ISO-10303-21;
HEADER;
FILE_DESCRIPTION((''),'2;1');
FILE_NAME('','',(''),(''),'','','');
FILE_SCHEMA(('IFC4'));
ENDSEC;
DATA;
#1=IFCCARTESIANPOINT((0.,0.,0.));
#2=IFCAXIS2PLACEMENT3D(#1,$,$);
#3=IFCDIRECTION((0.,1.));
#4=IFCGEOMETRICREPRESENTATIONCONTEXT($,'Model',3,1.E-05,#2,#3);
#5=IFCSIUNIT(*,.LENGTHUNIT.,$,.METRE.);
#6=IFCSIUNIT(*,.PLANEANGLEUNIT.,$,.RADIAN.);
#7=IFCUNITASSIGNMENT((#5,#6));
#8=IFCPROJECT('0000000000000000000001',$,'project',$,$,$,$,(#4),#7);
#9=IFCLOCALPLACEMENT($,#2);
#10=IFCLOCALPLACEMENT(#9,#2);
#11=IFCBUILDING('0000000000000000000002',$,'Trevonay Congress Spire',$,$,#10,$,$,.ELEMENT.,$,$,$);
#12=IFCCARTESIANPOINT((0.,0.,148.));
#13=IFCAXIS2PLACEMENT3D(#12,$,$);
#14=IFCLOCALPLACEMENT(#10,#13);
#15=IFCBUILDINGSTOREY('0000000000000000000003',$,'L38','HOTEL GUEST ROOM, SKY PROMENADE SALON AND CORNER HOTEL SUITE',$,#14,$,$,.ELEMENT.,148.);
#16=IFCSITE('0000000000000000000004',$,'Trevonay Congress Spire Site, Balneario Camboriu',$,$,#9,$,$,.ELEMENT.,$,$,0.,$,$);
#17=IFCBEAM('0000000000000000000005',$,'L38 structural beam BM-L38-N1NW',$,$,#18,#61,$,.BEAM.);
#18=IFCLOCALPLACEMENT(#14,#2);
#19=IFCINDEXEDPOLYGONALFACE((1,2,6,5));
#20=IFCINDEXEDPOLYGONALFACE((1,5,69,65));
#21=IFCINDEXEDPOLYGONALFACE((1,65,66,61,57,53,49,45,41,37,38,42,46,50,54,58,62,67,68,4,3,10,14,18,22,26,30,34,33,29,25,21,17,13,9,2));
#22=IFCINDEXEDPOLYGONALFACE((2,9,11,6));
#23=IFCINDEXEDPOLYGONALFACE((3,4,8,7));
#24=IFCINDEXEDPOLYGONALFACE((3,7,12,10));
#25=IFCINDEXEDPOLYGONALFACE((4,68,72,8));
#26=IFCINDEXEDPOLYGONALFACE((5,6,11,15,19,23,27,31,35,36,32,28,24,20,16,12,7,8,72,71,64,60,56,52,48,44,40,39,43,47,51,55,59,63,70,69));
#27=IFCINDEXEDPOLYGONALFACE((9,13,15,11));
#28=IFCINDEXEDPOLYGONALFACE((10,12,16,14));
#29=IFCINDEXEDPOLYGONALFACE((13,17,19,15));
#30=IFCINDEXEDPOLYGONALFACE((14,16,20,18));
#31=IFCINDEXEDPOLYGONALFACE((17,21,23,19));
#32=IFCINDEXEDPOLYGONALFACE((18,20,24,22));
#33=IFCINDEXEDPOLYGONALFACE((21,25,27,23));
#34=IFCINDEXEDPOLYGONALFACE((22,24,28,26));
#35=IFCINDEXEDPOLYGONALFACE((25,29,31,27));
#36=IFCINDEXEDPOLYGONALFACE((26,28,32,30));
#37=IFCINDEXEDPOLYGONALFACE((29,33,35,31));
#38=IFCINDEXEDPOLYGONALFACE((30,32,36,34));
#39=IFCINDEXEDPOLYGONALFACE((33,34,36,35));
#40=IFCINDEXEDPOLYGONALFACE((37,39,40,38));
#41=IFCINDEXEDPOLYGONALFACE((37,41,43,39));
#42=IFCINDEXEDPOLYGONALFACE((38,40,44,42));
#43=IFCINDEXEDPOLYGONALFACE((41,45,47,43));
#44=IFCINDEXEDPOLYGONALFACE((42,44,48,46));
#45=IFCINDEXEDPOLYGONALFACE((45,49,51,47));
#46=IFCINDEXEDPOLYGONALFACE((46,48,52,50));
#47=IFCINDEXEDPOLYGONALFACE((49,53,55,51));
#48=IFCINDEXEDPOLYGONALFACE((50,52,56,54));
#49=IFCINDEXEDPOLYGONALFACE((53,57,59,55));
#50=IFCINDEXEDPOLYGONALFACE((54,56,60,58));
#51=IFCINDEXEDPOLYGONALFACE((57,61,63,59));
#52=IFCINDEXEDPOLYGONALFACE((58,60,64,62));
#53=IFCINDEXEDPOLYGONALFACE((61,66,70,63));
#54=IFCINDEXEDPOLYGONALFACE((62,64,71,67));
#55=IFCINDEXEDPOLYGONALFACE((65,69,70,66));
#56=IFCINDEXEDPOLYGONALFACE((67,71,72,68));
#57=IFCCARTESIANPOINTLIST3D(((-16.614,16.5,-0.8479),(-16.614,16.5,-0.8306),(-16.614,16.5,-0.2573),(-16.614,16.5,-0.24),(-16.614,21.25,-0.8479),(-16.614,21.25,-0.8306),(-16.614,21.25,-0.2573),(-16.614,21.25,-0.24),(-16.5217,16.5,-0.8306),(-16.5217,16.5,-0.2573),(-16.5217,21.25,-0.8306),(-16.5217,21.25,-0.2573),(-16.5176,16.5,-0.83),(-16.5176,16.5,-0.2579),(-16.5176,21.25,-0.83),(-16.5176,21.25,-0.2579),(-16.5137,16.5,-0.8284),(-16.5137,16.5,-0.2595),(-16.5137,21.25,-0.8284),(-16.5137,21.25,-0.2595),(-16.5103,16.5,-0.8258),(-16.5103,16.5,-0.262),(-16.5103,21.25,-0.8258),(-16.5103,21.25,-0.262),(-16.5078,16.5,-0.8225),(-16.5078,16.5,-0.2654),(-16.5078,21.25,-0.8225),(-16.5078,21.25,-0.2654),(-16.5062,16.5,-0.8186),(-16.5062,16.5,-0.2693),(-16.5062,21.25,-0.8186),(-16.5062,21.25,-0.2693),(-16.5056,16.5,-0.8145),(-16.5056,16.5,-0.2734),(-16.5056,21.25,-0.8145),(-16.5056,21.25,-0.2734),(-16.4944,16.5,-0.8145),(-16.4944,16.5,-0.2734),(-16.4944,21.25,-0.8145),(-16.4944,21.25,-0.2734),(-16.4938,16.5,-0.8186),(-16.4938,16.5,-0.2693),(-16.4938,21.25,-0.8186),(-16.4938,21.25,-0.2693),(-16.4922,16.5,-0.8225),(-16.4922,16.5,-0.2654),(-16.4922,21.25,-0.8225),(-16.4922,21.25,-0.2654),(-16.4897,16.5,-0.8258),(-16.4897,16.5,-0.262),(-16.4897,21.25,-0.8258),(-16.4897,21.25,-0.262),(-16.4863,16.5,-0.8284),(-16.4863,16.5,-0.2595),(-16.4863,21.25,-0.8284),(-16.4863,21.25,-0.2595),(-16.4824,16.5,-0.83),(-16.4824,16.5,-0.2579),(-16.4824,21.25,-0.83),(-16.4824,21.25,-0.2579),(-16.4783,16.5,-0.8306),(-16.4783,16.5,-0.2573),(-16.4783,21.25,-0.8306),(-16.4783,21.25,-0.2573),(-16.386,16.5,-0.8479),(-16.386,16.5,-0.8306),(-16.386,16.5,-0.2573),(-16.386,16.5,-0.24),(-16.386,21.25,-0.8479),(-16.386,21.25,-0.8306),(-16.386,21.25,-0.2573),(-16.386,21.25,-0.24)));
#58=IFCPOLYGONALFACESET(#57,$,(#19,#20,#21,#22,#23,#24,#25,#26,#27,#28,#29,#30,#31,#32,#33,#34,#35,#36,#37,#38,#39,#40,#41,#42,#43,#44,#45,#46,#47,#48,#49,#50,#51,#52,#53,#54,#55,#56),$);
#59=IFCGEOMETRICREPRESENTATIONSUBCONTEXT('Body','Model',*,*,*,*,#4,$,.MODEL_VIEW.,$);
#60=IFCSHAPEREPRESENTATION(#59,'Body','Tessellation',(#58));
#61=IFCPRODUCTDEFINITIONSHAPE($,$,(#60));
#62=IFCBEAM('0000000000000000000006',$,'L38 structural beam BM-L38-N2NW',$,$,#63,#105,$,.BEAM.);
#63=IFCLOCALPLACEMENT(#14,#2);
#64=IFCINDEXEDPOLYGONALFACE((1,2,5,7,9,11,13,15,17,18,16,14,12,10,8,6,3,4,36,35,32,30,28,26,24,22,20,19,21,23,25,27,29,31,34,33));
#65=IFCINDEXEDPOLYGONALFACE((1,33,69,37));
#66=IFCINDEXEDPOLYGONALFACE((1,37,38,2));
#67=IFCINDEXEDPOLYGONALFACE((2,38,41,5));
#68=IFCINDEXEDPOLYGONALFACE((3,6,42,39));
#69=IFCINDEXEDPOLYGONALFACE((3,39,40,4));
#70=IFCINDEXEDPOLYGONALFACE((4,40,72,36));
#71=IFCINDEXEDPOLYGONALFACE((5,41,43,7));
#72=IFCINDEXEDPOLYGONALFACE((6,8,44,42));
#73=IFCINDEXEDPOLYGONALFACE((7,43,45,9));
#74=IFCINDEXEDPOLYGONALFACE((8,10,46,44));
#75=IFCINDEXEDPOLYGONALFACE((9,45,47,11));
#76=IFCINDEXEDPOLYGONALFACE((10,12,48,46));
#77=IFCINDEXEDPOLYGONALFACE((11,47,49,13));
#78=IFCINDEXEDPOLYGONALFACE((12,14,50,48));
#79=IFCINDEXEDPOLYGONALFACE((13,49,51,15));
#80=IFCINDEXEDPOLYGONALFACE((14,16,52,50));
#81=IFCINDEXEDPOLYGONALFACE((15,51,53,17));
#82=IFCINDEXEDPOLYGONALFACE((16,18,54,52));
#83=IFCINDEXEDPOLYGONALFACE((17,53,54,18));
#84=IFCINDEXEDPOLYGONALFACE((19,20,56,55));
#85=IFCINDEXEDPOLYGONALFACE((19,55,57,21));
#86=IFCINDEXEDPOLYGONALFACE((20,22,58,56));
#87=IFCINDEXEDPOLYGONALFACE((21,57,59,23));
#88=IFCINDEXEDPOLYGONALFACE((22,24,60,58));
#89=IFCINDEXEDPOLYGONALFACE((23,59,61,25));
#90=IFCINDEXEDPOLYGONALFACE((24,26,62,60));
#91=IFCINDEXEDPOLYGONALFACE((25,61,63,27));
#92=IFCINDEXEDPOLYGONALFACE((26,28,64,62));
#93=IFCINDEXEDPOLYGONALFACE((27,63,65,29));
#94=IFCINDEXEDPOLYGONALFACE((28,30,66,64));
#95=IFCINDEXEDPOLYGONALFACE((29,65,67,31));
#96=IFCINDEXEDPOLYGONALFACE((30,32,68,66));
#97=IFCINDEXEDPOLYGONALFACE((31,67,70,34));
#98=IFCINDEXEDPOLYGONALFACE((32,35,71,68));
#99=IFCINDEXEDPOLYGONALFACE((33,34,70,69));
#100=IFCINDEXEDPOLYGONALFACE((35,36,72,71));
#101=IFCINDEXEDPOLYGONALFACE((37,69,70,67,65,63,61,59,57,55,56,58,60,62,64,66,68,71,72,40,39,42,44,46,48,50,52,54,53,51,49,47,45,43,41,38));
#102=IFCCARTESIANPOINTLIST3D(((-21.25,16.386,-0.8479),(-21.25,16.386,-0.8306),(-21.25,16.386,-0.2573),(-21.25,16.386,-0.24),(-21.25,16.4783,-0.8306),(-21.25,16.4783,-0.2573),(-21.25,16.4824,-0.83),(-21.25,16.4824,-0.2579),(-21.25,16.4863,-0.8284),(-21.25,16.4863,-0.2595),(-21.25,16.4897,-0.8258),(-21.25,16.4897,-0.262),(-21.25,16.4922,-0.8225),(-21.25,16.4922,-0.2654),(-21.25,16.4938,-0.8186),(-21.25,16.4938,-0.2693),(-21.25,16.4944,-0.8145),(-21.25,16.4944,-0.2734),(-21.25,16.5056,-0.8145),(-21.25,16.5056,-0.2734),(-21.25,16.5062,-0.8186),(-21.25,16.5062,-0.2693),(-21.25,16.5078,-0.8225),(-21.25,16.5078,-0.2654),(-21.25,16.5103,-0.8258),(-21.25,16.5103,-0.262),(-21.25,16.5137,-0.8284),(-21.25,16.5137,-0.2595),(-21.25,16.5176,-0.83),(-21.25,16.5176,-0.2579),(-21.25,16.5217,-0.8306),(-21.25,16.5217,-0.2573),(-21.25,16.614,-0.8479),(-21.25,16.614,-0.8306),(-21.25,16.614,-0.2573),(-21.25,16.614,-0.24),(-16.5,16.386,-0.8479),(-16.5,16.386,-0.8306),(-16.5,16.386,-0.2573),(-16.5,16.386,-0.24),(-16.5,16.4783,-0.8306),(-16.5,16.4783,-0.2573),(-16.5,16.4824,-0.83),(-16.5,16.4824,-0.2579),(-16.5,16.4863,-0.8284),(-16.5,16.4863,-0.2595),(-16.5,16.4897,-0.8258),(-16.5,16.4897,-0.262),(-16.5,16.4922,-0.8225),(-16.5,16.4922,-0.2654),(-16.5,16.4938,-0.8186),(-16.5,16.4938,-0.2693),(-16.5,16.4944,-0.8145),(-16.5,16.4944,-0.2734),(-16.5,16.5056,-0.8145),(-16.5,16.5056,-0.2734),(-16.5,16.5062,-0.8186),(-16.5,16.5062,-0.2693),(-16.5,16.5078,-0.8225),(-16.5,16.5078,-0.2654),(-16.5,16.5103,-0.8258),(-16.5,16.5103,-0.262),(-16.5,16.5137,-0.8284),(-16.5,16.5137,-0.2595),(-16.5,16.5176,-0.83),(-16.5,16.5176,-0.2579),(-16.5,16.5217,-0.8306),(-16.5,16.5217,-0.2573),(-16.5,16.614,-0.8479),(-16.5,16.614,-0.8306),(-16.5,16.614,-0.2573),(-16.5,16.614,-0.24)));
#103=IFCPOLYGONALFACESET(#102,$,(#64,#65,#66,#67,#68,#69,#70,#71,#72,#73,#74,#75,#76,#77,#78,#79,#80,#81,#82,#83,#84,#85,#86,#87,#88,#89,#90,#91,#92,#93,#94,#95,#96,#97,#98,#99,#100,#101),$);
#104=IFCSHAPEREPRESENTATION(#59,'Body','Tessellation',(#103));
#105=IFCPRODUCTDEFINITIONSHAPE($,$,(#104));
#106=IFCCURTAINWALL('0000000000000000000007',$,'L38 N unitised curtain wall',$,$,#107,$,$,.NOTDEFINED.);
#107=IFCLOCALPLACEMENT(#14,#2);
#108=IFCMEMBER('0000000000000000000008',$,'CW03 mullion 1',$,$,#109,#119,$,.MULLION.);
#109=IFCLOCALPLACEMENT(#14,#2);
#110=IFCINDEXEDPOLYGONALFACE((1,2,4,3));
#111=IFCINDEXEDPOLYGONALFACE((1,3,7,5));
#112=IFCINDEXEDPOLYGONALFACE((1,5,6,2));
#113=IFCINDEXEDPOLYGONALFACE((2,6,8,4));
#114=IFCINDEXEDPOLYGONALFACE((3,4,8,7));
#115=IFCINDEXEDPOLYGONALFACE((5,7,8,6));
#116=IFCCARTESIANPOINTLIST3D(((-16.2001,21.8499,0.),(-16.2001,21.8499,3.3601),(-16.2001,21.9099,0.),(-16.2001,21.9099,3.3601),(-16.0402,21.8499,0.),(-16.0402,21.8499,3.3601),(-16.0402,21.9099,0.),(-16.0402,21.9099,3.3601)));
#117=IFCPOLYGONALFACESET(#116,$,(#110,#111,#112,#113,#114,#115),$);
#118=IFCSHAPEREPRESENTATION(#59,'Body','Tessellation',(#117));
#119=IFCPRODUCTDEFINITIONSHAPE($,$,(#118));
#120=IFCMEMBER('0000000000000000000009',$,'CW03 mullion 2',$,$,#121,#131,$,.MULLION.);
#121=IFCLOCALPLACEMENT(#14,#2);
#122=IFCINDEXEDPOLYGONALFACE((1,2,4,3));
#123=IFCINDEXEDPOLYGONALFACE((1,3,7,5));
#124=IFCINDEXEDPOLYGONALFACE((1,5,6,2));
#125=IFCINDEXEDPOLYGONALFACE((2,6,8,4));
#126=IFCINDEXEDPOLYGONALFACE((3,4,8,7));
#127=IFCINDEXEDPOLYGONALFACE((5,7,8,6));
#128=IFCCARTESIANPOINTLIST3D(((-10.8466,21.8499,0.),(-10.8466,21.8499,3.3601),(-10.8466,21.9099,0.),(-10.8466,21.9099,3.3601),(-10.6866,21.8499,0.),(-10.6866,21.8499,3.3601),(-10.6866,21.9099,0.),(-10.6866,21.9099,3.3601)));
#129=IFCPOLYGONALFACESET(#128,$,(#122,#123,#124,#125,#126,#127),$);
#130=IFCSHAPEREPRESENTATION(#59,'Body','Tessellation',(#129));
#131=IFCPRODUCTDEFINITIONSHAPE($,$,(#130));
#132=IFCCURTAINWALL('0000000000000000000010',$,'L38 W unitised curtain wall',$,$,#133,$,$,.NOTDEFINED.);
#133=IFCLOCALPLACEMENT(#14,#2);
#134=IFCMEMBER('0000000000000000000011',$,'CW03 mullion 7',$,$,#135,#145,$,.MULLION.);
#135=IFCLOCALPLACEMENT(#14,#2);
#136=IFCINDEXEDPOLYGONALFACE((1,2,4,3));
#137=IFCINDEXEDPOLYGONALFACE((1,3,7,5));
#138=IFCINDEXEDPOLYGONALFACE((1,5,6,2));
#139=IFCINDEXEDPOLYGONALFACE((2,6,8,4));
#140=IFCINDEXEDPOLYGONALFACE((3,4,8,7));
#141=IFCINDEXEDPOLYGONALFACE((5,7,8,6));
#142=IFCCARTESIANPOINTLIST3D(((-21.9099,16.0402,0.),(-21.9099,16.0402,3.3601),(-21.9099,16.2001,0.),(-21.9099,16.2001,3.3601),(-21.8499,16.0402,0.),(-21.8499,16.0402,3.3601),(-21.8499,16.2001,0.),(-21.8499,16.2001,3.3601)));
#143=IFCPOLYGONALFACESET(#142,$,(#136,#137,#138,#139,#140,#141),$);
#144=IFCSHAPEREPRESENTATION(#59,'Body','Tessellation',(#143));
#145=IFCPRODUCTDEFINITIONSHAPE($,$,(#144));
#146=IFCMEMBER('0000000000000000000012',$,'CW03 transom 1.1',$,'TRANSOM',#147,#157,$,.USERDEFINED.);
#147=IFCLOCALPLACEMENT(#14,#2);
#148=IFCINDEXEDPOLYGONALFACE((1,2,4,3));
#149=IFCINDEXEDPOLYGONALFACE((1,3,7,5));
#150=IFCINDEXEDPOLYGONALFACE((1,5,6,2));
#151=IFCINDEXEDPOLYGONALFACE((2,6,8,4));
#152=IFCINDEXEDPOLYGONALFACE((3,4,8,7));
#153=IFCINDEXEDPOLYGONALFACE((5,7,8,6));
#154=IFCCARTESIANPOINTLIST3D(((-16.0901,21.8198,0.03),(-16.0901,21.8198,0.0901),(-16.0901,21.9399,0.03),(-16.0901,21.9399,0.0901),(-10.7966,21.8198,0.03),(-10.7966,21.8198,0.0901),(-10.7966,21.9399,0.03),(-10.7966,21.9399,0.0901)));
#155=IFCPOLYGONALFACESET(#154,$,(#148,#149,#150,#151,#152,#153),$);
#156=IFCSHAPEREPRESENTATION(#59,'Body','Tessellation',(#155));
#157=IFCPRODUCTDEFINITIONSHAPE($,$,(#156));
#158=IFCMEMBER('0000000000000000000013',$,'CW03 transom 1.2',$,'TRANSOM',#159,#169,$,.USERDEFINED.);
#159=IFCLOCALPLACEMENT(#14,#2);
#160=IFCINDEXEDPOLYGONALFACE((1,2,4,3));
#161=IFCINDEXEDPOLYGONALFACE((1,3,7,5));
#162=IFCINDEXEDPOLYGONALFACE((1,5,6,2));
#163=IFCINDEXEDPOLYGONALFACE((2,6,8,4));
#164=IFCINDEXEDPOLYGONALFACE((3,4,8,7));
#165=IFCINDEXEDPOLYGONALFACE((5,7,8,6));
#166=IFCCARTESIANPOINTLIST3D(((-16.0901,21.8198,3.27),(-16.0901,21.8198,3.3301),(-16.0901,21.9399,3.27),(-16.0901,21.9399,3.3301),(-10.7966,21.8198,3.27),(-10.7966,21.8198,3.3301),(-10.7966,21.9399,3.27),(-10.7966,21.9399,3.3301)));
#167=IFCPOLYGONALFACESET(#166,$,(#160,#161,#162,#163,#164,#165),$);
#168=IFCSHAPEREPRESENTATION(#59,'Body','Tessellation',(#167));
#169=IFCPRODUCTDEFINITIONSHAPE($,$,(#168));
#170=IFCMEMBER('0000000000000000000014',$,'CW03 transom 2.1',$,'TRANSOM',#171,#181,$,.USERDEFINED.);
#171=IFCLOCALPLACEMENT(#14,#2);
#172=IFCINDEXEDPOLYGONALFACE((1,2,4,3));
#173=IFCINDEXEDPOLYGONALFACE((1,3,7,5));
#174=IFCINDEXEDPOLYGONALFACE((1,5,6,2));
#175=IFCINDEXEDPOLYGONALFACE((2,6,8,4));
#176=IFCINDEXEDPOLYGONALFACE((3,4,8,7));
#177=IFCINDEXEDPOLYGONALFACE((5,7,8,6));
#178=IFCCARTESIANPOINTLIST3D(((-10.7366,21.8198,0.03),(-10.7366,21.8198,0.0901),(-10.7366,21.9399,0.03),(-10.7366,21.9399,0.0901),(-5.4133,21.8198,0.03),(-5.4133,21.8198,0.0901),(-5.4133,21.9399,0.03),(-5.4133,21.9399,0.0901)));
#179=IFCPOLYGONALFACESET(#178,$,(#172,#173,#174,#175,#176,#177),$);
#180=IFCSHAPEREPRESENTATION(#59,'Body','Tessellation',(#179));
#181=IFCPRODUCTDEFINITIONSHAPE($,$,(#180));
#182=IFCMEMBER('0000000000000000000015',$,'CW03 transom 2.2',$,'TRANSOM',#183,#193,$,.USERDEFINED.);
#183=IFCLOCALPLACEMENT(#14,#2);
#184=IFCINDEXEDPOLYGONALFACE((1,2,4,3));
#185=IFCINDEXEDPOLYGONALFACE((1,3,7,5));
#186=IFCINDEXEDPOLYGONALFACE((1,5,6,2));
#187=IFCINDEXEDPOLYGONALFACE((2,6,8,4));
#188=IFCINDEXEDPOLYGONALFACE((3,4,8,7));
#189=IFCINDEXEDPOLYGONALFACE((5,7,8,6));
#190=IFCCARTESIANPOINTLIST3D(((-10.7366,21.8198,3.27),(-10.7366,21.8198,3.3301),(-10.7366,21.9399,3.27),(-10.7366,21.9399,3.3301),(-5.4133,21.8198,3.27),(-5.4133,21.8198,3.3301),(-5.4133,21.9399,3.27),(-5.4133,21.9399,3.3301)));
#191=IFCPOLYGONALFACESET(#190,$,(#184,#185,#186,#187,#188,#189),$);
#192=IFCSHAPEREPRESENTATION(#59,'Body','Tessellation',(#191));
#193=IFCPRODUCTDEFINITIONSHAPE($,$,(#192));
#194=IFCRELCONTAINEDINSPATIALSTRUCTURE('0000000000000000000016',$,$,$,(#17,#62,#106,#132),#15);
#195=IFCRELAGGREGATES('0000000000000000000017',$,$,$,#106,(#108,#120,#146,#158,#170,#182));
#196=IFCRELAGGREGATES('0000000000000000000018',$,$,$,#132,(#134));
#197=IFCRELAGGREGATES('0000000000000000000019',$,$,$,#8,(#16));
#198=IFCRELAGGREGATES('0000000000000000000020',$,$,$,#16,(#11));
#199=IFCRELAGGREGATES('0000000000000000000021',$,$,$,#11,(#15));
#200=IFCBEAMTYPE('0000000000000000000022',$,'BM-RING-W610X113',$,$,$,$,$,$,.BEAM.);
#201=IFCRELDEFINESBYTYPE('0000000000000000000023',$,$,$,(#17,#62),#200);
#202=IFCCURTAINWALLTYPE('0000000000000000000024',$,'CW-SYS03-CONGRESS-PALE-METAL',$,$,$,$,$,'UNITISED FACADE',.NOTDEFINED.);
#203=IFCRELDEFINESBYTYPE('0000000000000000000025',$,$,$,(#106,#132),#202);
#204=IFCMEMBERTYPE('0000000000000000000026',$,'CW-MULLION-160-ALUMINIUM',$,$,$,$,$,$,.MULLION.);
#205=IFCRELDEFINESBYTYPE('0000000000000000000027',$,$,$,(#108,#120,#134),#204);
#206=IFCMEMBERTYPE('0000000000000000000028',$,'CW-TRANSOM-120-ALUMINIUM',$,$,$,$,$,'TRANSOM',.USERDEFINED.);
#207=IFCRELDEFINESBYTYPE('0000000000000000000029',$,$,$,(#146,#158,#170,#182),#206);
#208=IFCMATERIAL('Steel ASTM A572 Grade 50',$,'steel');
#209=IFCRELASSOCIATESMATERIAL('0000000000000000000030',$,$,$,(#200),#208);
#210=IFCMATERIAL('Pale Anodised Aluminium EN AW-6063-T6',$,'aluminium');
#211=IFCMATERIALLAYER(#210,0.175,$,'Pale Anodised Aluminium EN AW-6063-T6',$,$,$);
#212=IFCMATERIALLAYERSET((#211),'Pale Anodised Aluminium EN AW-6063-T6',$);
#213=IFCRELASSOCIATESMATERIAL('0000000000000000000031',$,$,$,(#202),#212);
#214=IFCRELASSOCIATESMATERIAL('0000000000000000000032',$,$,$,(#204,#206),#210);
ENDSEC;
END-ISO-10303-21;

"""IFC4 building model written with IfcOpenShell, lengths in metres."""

from ifc_helpers import new_model, si_unit, direction, frame, origin, origin_2d, place, context, subcontext, project, spatial, rectangle, i_section, extrude, material, layer, layer_set, material_profile, profile_set, type_object, element, aggregate, save


model = new_model("IFC4")

# Units and contexts
model_context = context("Model", 3, precision=1e-05, world=origin(), true_north=direction((0.0, 1.0)))
body_context = subcontext(model_context, "Body", "Model", "MODEL_VIEW")
ifc_project = project(units=[si_unit("LENGTHUNIT", "METRE"), si_unit("PLANEANGLEUNIT", "RADIAN")], contexts=[model_context])

# Site, building, storey
site_placement = place(None, origin())
site = spatial("IfcSite", under=ifc_project, at=site_placement, Name="Trevonay Congress Spire Site, Balneario Camboriu", CompositionType="ELEMENT", RefElevation=0.0)
building_placement = place(site_placement, origin())
building = spatial("IfcBuilding", under=site, at=building_placement, Name="Trevonay Congress Spire", CompositionType="ELEMENT")
storey_placement = place(building_placement, frame((0.0, 0.0, 148.0)))
storey = spatial("IfcBuildingStorey", under=building, at=storey_placement, Name="L38", Description="HOTEL GUEST ROOM, SKY PROMENADE SALON AND CORNER HOTEL SUITE", CompositionType="ELEMENT", Elevation=148.0)

# Shared definitions
ifc_material_1 = material(Name="Steel ASTM A572 Grade 50", Category="steel")

# Beams
ifc_material_profile_1 = material_profile(ifc_material_1, i_section(OverallWidth=0.228, OverallDepth=0.6079, WebThickness=0.0112, FlangeThickness=0.0173, FilletRadius=0.0161, at=origin_2d()), Name="W610x113")
ifc_profile_set_1 = profile_set([ifc_material_profile_1], Name="Steel ASTM A572 Grade 50")
beam_type_1 = type_object("IfcBeamType", Name="BM-RING-W610X113", PredefinedType="BEAM", material=ifc_profile_set_1)
for number, where, z_axis, x_axis, name in (
    (1, (-16.5, 21.25, -0.5439), (0.0, -1.0, 0.0), (1.0, 0.0, 0.0), "L38 structural beam BM-L38-N1NW"),
    (2, (-21.25, 16.5, -0.5439), (1.0, 0.0, 0.0), (0.0, 1.0, 0.0), "L38 structural beam BM-L38-N2NW"),
):
    element("IfcBeam", number, at=place(storey_placement, frame(where, z_axis=z_axis, x_axis=x_axis)), inside=storey, type_object=beam_type_1, Name=name, PredefinedType="BEAM", context=body_context, shape_type="SweptSolid", body=[
        extrude(i_section(OverallWidth=0.228, OverallDepth=0.6079, WebThickness=0.0112, FlangeThickness=0.0173, FilletRadius=0.0161, at=origin_2d()), origin(), (0.0, 0.0, 1.0), 4.75),
    ])

# Curtain wall, members
ifc_material_2 = material(Name="Pale Anodised Aluminium EN AW-6063-T6", Category="aluminium")
ifc_layer_1 = layer(ifc_material_2, 0.175, Name="Pale Anodised Aluminium EN AW-6063-T6")
ifc_layer_set_1 = layer_set([ifc_layer_1], Name="Pale Anodised Aluminium EN AW-6063-T6")
curtain_wall_type = type_object("IfcCurtainWallType", Name="CW-SYS03-CONGRESS-PALE-METAL", ElementType="UNITISED FACADE", PredefinedType="NOTDEFINED", material=ifc_layer_set_1)
curtain_wall_1_placement = place(storey_placement, origin())
curtain_wall_1 = element("IfcCurtainWall", 3, at=curtain_wall_1_placement, inside=storey, type_object=curtain_wall_type, Name="L38 N unitised curtain wall", PredefinedType="NOTDEFINED")
ifc_material_profile_2 = material_profile(ifc_material_2, rectangle(XDim=0.0601, YDim=0.1599, at=origin_2d()), Name="CW-MULLION-160-ALUMINIUM")
ifc_profile_set_2 = profile_set([ifc_material_profile_2], Name="Pale Anodised Aluminium EN AW-6063-T6")
member_type_1 = type_object("IfcMemberType", Name="CW-MULLION-160-ALUMINIUM", PredefinedType="MULLION", material=ifc_profile_set_2)
member_1_placement = place(storey_placement, frame((-16.1201, 21.8799, 0.0), z_axis=(0.0, 0.0, 1.0), x_axis=(0.0, 1.0, 0.0)))
member_1 = element("IfcMember", 4, at=member_1_placement, type_object=member_type_1, Name="CW03 mullion 1", PredefinedType="MULLION", context=body_context, shape_type="SweptSolid", body=[
    extrude(rectangle(XDim=0.0601, YDim=0.1599, at=origin_2d()), origin(), (0.0, 0.0, 1.0), 3.3601),
])
member_2_placement = place(storey_placement, frame((-10.7666, 21.8799, 0.0), z_axis=(0.0, 0.0, 1.0), x_axis=(0.0, 1.0, 0.0)))
member_2 = element("IfcMember", 5, at=member_2_placement, type_object=member_type_1, Name="CW03 mullion 2", PredefinedType="MULLION", context=body_context, shape_type="SweptSolid", body=[
    extrude(rectangle(XDim=0.0601, YDim=0.1599, at=origin_2d()), origin(), (0.0, 0.0, 1.0), 3.3601),
])

# Curtain wall, member
curtain_wall_2_placement = place(storey_placement, origin())
curtain_wall_2 = element("IfcCurtainWall", 6, at=curtain_wall_2_placement, inside=storey, type_object=curtain_wall_type, Name="L38 W unitised curtain wall", PredefinedType="NOTDEFINED")
member_3_placement = place(storey_placement, frame((-21.8799, 16.1201, 0.0), z_axis=(0.0, 0.0, 1.0), x_axis=(-1.0, 0.0, 0.0)))
member_3 = element("IfcMember", 7, at=member_3_placement, type_object=member_type_1, Name="CW03 mullion 7", PredefinedType="MULLION", context=body_context, shape_type="SweptSolid", body=[
    extrude(rectangle(XDim=0.0601, YDim=0.1599, at=origin_2d()), origin(), (0.0, 0.0, 1.0), 3.3601),
])

# Members
ifc_material_profile_3 = material_profile(ifc_material_2, rectangle(XDim=0.1201, YDim=0.0601, at=origin_2d()), Name="CW-TRANSOM-120-ALUMINIUM")
ifc_profile_set_3 = profile_set([ifc_material_profile_3], Name="Pale Anodised Aluminium EN AW-6063-T6")
member_type_2 = type_object("IfcMemberType", Name="CW-TRANSOM-120-ALUMINIUM", ElementType="TRANSOM", PredefinedType="USERDEFINED", material=ifc_profile_set_3)
member_4_placement = place(storey_placement, frame((-16.0901, 21.8799, 0.0601), z_axis=(1.0, 0.0, 0.0), x_axis=(0.0, 1.0, 0.0)))
member_4 = element("IfcMember", 8, at=member_4_placement, type_object=member_type_2, Name="CW03 transom 1.1", ObjectType="TRANSOM", PredefinedType="USERDEFINED", context=body_context, shape_type="SweptSolid", body=[
    extrude(rectangle(XDim=0.1201, YDim=0.0601, at=origin_2d()), origin(), (0.0, 0.0, 1.0), 5.2935),
])
member_5_placement = place(storey_placement, frame((-16.0901, 21.8799, 3.3), z_axis=(1.0, 0.0, 0.0), x_axis=(0.0, 1.0, 0.0)))
member_5 = element("IfcMember", 9, at=member_5_placement, type_object=member_type_2, Name="CW03 transom 1.2", ObjectType="TRANSOM", PredefinedType="USERDEFINED", context=body_context, shape_type="SweptSolid", body=[
    extrude(rectangle(XDim=0.1201, YDim=0.0601, at=origin_2d()), origin(), (0.0, 0.0, 1.0), 5.2935),
])
member_6_placement = place(storey_placement, frame((-10.7366, 21.8799, 0.0601), z_axis=(1.0, 0.0, 0.0), x_axis=(0.0, 1.0, 0.0)))
member_6 = element("IfcMember", 10, at=member_6_placement, type_object=member_type_2, Name="CW03 transom 2.1", ObjectType="TRANSOM", PredefinedType="USERDEFINED", context=body_context, shape_type="SweptSolid", body=[
    extrude(rectangle(XDim=0.1201, YDim=0.0601, at=origin_2d()), origin(), (0.0, 0.0, 1.0), 5.3232),
])
member_7_placement = place(storey_placement, frame((-10.7366, 21.8799, 3.3), z_axis=(1.0, 0.0, 0.0), x_axis=(0.0, 1.0, 0.0)))
member_7 = element("IfcMember", 11, at=member_7_placement, type_object=member_type_2, Name="CW03 transom 2.2", ObjectType="TRANSOM", PredefinedType="USERDEFINED", context=body_context, shape_type="SweptSolid", body=[
    extrude(rectangle(XDim=0.1201, YDim=0.0601, at=origin_2d()), origin(), (0.0, 0.0, 1.0), 5.3232),
])

aggregate(curtain_wall_1, [member_1, member_2, member_4, member_5, member_6, member_7])
aggregate(curtain_wall_2, [member_3])

save(model, "model.ifc")
